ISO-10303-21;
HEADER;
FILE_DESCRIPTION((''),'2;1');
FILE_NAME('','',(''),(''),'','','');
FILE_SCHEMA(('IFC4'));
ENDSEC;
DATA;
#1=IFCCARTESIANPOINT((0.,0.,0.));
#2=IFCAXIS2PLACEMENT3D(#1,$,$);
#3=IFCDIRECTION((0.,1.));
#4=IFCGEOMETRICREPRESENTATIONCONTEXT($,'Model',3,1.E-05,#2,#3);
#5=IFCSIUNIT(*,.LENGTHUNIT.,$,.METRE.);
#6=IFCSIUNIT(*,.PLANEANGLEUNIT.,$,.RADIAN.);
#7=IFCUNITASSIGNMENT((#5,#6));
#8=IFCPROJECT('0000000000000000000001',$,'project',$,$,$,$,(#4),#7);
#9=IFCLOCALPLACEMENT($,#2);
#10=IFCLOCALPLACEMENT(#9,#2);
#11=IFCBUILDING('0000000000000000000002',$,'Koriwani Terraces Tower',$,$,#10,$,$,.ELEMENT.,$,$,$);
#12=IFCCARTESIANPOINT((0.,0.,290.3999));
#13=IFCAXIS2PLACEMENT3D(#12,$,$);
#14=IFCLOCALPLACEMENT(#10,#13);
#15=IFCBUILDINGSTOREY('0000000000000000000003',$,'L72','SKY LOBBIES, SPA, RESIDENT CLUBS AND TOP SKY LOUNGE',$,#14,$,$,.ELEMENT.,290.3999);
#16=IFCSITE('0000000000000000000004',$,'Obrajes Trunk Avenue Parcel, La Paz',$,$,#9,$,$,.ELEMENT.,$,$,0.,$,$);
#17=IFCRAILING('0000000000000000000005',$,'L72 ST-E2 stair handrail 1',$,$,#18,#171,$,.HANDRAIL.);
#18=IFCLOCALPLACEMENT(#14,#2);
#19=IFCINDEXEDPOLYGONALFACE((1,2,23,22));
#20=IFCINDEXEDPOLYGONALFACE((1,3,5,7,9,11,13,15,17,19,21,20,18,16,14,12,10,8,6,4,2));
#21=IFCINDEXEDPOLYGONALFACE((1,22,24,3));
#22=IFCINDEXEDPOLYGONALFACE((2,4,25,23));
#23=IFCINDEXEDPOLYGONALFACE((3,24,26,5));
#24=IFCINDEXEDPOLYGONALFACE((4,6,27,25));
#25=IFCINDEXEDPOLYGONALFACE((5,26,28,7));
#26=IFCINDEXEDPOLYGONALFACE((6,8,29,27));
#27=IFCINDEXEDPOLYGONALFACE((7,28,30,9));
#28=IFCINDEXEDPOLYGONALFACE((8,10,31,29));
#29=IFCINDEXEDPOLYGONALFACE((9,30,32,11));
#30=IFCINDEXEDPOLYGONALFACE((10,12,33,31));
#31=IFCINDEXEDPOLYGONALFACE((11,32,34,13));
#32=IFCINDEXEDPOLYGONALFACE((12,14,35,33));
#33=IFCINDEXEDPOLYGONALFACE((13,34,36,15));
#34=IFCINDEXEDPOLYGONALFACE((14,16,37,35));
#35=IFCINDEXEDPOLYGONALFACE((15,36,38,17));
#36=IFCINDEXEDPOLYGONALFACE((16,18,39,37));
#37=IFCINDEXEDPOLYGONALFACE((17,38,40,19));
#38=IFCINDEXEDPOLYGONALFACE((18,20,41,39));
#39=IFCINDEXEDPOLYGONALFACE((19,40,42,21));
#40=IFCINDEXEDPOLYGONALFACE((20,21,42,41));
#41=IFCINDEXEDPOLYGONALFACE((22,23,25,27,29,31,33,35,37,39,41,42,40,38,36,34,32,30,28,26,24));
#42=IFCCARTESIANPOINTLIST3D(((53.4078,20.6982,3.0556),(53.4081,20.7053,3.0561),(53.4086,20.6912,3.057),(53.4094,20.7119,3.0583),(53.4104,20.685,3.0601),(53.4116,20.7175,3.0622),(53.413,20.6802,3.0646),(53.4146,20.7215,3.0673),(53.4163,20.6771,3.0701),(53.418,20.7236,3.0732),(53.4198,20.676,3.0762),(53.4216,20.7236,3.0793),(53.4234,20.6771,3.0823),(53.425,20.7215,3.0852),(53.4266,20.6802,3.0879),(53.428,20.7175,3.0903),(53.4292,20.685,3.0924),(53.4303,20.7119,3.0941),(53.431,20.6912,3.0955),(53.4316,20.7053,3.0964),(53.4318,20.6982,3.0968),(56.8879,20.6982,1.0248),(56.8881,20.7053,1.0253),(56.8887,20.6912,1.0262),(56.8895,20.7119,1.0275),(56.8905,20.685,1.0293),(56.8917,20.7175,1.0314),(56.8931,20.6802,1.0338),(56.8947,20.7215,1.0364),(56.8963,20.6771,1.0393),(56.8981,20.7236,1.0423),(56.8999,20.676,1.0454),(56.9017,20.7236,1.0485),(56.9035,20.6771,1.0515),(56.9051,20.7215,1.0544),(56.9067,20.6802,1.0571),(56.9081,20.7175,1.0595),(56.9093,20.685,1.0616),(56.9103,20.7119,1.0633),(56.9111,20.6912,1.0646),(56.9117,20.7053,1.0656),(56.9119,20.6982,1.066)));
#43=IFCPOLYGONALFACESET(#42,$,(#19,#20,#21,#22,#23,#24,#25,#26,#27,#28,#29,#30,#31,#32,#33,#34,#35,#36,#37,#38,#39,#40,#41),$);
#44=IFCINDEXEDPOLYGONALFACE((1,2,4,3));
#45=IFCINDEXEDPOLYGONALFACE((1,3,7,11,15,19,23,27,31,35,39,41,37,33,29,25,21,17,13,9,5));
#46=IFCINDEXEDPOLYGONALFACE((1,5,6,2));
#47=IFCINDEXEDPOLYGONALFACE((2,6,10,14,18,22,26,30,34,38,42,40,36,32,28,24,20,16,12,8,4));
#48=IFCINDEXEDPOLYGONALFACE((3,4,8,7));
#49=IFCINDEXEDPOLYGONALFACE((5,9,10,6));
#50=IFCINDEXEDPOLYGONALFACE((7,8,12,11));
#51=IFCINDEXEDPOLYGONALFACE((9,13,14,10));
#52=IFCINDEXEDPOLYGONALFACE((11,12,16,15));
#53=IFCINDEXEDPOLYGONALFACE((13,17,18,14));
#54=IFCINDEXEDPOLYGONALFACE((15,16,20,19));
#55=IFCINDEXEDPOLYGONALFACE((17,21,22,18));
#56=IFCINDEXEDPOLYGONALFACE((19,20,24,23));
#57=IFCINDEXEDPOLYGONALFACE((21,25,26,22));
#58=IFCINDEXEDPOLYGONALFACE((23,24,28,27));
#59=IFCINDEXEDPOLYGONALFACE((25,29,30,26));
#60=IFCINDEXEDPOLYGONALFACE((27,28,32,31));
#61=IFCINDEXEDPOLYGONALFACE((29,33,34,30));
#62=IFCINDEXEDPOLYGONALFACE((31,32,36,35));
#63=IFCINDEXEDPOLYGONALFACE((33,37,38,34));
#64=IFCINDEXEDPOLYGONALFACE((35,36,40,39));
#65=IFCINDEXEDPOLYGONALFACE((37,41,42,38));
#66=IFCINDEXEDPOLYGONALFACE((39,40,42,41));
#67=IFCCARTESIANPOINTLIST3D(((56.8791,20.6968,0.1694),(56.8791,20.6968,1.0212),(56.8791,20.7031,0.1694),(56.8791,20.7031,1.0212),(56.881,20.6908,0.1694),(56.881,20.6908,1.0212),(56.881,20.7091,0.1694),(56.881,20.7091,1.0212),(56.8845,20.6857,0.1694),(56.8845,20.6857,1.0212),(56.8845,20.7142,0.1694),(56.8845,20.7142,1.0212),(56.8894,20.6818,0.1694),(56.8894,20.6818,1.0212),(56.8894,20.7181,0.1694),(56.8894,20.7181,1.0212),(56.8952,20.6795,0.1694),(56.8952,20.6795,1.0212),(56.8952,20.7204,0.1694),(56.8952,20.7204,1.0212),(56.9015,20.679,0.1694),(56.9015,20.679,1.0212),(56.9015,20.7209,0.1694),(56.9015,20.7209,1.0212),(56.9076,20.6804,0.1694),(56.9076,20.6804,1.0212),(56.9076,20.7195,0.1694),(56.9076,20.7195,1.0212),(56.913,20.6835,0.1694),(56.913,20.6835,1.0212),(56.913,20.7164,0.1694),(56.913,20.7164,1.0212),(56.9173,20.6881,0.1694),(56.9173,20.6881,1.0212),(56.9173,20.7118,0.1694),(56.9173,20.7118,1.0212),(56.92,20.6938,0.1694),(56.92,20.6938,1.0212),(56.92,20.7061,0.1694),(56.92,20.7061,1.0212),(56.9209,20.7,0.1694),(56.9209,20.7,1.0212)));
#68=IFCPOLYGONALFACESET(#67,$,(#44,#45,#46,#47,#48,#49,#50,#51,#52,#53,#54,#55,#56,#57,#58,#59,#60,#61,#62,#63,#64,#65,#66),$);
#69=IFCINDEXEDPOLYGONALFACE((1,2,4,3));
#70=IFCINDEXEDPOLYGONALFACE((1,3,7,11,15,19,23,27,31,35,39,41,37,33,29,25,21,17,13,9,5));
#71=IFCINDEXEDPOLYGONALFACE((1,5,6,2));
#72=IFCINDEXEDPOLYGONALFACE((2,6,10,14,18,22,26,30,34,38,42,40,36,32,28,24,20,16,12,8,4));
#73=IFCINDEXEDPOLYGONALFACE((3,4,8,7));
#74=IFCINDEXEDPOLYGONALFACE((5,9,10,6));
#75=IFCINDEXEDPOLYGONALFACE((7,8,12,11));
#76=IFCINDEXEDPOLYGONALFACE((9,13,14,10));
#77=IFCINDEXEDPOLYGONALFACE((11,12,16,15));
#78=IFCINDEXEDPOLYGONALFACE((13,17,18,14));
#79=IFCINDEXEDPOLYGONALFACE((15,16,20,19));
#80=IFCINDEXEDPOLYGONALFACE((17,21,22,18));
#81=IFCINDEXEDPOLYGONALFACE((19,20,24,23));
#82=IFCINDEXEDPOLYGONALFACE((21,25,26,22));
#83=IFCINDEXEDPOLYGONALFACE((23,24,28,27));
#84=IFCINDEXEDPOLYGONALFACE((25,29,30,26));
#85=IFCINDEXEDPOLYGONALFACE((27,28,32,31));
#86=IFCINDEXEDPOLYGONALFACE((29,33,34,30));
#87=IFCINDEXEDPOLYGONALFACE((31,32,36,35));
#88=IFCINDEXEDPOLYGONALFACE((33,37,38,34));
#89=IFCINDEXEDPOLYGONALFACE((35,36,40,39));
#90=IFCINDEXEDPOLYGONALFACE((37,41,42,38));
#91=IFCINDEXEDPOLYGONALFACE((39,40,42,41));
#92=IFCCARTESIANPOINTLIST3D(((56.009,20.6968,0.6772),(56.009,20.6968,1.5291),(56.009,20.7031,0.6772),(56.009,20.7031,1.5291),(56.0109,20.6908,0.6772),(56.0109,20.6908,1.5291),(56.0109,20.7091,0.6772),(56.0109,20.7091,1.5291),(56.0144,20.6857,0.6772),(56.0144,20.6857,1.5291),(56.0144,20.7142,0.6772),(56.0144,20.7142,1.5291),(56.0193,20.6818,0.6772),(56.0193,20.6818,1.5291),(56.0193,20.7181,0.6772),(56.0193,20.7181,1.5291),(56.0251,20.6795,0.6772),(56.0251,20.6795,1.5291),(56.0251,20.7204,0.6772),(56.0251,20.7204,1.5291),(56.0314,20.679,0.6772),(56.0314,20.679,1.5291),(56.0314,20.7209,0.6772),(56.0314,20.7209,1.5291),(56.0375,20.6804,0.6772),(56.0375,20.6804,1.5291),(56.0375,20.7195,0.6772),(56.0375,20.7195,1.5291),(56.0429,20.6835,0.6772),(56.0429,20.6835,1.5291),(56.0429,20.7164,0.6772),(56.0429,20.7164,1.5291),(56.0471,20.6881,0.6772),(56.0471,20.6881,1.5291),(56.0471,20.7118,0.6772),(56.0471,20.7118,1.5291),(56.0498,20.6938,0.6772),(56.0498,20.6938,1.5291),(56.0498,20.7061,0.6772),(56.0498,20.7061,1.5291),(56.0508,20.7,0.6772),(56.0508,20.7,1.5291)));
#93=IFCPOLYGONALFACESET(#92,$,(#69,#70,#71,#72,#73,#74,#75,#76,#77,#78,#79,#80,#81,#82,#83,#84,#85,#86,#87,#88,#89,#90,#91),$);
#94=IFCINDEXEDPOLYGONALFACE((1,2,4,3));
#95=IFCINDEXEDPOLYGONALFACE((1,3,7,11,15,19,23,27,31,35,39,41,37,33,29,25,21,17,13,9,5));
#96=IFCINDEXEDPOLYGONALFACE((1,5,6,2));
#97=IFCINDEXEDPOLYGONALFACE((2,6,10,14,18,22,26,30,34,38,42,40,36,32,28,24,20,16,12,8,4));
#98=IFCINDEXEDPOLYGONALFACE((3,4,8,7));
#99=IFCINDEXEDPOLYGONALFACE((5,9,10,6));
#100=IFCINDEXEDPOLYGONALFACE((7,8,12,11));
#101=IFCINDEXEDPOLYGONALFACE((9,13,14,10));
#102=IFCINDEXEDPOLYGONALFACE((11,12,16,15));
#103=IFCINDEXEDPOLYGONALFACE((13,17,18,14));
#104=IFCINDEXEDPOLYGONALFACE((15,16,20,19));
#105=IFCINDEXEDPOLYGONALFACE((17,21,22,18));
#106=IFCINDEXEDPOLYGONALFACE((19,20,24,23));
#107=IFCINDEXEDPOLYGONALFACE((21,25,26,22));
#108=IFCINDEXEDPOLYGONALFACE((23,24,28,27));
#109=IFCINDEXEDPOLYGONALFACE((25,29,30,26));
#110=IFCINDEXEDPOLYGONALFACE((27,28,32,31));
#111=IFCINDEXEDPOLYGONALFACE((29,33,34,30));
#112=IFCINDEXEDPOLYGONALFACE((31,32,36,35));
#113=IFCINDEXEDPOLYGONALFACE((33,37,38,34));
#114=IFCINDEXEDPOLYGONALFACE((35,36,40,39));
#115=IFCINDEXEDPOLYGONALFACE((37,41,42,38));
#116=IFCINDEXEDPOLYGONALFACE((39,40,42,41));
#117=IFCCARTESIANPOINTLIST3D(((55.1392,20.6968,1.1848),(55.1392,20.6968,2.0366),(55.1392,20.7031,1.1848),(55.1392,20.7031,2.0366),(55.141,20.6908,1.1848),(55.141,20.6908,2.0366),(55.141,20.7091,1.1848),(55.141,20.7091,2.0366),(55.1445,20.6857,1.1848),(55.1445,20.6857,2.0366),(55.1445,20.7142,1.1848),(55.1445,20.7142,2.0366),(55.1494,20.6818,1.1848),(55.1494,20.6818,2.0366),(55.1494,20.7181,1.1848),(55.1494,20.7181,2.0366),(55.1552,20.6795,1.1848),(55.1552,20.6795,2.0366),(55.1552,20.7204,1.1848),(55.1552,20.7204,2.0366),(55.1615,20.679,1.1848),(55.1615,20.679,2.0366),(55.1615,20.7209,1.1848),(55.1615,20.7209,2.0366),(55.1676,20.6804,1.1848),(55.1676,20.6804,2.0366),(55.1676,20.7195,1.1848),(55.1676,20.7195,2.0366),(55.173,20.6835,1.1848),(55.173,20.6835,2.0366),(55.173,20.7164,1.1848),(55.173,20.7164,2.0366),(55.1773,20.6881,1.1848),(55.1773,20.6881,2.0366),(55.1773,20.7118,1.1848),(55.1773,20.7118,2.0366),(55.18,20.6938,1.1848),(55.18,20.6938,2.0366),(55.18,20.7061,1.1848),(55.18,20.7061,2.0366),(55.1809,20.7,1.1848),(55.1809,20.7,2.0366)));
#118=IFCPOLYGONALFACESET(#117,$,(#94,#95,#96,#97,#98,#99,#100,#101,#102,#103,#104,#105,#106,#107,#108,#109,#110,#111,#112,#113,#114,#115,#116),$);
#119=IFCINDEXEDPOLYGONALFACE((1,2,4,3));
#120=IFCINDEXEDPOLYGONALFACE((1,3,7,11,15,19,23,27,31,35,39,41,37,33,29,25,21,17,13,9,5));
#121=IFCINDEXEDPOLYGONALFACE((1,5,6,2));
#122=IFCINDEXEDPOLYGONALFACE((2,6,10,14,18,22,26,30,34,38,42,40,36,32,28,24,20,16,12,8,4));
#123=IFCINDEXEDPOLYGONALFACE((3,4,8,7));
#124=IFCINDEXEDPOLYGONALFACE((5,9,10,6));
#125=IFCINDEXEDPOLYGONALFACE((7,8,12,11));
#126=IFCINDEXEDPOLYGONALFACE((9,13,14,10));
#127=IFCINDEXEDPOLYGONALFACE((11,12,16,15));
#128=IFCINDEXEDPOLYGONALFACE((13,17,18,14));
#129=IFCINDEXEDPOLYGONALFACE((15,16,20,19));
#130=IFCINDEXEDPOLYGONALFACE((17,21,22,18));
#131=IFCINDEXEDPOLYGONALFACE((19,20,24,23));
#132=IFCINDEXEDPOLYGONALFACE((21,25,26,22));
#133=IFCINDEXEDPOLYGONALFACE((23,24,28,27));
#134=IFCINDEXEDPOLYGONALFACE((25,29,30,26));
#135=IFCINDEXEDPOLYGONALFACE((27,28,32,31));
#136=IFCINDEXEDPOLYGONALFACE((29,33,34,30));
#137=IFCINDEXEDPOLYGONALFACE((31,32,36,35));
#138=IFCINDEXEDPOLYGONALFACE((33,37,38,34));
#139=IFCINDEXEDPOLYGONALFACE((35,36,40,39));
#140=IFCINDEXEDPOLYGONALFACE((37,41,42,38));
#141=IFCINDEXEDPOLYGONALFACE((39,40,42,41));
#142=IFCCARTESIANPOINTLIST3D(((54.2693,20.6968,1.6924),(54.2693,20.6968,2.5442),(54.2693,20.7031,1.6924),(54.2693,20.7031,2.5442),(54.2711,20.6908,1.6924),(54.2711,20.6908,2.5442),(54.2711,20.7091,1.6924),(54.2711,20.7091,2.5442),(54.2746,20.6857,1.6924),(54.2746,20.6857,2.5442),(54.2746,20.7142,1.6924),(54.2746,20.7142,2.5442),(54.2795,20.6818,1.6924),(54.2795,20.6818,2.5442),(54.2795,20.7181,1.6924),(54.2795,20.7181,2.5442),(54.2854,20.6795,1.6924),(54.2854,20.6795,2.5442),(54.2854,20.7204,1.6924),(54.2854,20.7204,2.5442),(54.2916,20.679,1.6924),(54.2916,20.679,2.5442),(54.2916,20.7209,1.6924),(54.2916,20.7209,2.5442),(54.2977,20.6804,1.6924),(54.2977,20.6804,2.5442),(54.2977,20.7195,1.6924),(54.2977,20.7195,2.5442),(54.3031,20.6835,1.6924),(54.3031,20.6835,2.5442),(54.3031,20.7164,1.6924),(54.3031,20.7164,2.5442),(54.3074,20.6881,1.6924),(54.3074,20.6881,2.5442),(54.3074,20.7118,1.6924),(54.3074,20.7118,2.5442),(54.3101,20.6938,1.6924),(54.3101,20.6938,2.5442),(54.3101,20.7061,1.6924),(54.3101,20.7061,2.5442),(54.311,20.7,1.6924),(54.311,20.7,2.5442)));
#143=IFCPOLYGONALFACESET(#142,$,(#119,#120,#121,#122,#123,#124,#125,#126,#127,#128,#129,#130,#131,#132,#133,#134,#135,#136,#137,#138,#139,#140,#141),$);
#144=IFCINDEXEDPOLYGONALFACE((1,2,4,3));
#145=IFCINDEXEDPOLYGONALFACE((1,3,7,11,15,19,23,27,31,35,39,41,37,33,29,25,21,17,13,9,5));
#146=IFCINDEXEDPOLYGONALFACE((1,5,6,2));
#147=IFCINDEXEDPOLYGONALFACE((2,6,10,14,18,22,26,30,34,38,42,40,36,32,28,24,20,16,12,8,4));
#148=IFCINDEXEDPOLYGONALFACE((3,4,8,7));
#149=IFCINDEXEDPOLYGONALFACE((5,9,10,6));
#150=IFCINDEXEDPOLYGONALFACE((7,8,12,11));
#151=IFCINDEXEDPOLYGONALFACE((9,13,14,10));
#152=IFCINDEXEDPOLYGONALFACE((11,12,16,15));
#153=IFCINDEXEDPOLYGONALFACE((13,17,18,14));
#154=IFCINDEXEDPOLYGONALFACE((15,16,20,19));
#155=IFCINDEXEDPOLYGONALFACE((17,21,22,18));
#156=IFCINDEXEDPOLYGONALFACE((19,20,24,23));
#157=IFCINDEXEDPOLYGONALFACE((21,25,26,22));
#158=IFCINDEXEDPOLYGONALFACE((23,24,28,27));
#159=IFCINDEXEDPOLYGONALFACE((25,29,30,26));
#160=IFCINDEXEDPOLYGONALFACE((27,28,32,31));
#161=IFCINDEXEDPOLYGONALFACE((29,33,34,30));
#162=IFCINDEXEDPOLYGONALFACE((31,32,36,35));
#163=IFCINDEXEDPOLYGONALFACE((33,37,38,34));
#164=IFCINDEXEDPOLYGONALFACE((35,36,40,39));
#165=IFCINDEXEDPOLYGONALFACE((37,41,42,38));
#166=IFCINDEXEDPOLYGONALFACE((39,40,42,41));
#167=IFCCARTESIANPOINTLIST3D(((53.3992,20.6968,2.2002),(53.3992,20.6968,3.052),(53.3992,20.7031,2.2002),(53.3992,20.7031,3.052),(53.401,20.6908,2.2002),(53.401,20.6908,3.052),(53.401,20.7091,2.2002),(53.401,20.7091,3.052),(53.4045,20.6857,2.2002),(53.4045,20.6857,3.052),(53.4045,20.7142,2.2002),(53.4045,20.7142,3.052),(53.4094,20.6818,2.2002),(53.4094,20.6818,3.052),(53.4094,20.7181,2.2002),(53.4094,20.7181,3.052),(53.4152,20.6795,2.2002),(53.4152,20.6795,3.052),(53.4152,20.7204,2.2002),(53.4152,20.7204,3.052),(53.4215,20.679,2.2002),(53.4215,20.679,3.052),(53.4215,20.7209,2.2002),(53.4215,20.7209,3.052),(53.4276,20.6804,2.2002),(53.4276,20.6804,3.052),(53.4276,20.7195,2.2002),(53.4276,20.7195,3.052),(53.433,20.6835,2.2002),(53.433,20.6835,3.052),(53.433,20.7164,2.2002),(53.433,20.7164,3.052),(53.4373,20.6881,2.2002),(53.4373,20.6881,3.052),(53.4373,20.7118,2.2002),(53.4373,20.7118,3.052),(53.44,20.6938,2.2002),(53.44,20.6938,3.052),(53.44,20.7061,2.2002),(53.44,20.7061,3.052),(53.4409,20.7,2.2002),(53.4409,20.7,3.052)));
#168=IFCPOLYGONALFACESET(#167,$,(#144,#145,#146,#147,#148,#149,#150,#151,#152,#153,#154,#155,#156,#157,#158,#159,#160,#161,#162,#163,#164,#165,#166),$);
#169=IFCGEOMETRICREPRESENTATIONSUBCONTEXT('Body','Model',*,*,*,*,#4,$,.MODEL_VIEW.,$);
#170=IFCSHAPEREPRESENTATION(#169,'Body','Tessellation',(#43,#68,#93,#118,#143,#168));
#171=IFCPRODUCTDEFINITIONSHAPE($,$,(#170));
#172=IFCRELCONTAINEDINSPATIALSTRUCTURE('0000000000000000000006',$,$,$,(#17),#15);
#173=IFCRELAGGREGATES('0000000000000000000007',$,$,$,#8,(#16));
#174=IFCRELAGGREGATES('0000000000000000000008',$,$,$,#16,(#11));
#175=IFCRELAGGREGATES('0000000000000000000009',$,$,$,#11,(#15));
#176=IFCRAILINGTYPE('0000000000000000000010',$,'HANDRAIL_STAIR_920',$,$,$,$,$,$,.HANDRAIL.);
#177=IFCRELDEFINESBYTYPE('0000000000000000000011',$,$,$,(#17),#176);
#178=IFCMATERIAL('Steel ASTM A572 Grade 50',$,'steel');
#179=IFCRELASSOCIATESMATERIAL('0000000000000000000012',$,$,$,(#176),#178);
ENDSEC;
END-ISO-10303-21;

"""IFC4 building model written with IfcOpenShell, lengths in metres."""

from ifc_helpers import new_model, si_unit, direction, frame, origin, origin_2d, place, context, subcontext, project, spatial, circle, extrude, material, type_object, element, save


model = new_model("IFC4")

# Units and contexts
model_context = context("Model", 3, precision=1e-05, world=origin(), true_north=direction((0.0, 1.0)))
body_context = subcontext(model_context, "Body", "Model", "MODEL_VIEW")
ifc_project = project(units=[si_unit("LENGTHUNIT", "METRE"), si_unit("PLANEANGLEUNIT", "RADIAN")], contexts=[model_context])

# Site, building, storey
site_placement = place(None, origin())
site = spatial("IfcSite", under=ifc_project, at=site_placement, Name="Obrajes Trunk Avenue Parcel, La Paz", CompositionType="ELEMENT", RefElevation=0.0)
building_placement = place(site_placement, origin())
building = spatial("IfcBuilding", under=site, at=building_placement, Name="Koriwani Terraces Tower", CompositionType="ELEMENT")
storey_placement = place(building_placement, frame((0.0, 0.0, 290.3999)))
storey = spatial("IfcBuildingStorey", under=building, at=storey_placement, Name="L72", Description="SKY LOBBIES, SPA, RESIDENT CLUBS AND TOP SKY LOUNGE", CompositionType="ELEMENT", Elevation=290.3999)

# Shared definitions
ifc_material_1 = material(Name="Steel ASTM A572 Grade 50", Category="steel")

# Railing
railing_type = type_object("IfcRailingType", Name="HANDRAIL_STAIR_920", PredefinedType="HANDRAIL", material=ifc_material_1)
railing_placement = place(storey_placement, frame((56.8999, 20.7, 0.1694)))
element("IfcRailing", 1, at=railing_placement, inside=storey, type_object=railing_type, Name="L72 ST-E2 stair handrail 1", PredefinedType="HANDRAIL", context=body_context, shape_type="SweptSolid", body=[
    extrude(circle(Radius=0.0239, at=origin_2d()), frame((0.0, 0.0, 0.876), z_axis=(-0.863695, 0.0, 0.504014), x_axis=(0.0, -1.0, 0.0)), (0.0, 0.0, 1.0), 4.0293),
    extrude(circle(Radius=0.021, at=origin_2d()), origin(), (0.0, 0.0, 1.0), 0.8518),
    extrude(circle(Radius=0.021, at=origin_2d()), frame((-0.8701, 0.0, 0.5078)), (0.0, 0.0, 1.0), 0.8518),
    extrude(circle(Radius=0.021, at=origin_2d()), frame((-1.74, 0.0, 1.0154)), (0.0, 0.0, 1.0), 0.8518),
    extrude(circle(Radius=0.021, at=origin_2d()), frame((-2.6099, 0.0, 1.5229)), (0.0, 0.0, 1.0), 0.8518),
    extrude(circle(Radius=0.021, at=origin_2d()), frame((-3.48, 0.0, 2.0308)), (0.0, 0.0, 1.0), 0.8518),
])

save(model, "model.ifc")
